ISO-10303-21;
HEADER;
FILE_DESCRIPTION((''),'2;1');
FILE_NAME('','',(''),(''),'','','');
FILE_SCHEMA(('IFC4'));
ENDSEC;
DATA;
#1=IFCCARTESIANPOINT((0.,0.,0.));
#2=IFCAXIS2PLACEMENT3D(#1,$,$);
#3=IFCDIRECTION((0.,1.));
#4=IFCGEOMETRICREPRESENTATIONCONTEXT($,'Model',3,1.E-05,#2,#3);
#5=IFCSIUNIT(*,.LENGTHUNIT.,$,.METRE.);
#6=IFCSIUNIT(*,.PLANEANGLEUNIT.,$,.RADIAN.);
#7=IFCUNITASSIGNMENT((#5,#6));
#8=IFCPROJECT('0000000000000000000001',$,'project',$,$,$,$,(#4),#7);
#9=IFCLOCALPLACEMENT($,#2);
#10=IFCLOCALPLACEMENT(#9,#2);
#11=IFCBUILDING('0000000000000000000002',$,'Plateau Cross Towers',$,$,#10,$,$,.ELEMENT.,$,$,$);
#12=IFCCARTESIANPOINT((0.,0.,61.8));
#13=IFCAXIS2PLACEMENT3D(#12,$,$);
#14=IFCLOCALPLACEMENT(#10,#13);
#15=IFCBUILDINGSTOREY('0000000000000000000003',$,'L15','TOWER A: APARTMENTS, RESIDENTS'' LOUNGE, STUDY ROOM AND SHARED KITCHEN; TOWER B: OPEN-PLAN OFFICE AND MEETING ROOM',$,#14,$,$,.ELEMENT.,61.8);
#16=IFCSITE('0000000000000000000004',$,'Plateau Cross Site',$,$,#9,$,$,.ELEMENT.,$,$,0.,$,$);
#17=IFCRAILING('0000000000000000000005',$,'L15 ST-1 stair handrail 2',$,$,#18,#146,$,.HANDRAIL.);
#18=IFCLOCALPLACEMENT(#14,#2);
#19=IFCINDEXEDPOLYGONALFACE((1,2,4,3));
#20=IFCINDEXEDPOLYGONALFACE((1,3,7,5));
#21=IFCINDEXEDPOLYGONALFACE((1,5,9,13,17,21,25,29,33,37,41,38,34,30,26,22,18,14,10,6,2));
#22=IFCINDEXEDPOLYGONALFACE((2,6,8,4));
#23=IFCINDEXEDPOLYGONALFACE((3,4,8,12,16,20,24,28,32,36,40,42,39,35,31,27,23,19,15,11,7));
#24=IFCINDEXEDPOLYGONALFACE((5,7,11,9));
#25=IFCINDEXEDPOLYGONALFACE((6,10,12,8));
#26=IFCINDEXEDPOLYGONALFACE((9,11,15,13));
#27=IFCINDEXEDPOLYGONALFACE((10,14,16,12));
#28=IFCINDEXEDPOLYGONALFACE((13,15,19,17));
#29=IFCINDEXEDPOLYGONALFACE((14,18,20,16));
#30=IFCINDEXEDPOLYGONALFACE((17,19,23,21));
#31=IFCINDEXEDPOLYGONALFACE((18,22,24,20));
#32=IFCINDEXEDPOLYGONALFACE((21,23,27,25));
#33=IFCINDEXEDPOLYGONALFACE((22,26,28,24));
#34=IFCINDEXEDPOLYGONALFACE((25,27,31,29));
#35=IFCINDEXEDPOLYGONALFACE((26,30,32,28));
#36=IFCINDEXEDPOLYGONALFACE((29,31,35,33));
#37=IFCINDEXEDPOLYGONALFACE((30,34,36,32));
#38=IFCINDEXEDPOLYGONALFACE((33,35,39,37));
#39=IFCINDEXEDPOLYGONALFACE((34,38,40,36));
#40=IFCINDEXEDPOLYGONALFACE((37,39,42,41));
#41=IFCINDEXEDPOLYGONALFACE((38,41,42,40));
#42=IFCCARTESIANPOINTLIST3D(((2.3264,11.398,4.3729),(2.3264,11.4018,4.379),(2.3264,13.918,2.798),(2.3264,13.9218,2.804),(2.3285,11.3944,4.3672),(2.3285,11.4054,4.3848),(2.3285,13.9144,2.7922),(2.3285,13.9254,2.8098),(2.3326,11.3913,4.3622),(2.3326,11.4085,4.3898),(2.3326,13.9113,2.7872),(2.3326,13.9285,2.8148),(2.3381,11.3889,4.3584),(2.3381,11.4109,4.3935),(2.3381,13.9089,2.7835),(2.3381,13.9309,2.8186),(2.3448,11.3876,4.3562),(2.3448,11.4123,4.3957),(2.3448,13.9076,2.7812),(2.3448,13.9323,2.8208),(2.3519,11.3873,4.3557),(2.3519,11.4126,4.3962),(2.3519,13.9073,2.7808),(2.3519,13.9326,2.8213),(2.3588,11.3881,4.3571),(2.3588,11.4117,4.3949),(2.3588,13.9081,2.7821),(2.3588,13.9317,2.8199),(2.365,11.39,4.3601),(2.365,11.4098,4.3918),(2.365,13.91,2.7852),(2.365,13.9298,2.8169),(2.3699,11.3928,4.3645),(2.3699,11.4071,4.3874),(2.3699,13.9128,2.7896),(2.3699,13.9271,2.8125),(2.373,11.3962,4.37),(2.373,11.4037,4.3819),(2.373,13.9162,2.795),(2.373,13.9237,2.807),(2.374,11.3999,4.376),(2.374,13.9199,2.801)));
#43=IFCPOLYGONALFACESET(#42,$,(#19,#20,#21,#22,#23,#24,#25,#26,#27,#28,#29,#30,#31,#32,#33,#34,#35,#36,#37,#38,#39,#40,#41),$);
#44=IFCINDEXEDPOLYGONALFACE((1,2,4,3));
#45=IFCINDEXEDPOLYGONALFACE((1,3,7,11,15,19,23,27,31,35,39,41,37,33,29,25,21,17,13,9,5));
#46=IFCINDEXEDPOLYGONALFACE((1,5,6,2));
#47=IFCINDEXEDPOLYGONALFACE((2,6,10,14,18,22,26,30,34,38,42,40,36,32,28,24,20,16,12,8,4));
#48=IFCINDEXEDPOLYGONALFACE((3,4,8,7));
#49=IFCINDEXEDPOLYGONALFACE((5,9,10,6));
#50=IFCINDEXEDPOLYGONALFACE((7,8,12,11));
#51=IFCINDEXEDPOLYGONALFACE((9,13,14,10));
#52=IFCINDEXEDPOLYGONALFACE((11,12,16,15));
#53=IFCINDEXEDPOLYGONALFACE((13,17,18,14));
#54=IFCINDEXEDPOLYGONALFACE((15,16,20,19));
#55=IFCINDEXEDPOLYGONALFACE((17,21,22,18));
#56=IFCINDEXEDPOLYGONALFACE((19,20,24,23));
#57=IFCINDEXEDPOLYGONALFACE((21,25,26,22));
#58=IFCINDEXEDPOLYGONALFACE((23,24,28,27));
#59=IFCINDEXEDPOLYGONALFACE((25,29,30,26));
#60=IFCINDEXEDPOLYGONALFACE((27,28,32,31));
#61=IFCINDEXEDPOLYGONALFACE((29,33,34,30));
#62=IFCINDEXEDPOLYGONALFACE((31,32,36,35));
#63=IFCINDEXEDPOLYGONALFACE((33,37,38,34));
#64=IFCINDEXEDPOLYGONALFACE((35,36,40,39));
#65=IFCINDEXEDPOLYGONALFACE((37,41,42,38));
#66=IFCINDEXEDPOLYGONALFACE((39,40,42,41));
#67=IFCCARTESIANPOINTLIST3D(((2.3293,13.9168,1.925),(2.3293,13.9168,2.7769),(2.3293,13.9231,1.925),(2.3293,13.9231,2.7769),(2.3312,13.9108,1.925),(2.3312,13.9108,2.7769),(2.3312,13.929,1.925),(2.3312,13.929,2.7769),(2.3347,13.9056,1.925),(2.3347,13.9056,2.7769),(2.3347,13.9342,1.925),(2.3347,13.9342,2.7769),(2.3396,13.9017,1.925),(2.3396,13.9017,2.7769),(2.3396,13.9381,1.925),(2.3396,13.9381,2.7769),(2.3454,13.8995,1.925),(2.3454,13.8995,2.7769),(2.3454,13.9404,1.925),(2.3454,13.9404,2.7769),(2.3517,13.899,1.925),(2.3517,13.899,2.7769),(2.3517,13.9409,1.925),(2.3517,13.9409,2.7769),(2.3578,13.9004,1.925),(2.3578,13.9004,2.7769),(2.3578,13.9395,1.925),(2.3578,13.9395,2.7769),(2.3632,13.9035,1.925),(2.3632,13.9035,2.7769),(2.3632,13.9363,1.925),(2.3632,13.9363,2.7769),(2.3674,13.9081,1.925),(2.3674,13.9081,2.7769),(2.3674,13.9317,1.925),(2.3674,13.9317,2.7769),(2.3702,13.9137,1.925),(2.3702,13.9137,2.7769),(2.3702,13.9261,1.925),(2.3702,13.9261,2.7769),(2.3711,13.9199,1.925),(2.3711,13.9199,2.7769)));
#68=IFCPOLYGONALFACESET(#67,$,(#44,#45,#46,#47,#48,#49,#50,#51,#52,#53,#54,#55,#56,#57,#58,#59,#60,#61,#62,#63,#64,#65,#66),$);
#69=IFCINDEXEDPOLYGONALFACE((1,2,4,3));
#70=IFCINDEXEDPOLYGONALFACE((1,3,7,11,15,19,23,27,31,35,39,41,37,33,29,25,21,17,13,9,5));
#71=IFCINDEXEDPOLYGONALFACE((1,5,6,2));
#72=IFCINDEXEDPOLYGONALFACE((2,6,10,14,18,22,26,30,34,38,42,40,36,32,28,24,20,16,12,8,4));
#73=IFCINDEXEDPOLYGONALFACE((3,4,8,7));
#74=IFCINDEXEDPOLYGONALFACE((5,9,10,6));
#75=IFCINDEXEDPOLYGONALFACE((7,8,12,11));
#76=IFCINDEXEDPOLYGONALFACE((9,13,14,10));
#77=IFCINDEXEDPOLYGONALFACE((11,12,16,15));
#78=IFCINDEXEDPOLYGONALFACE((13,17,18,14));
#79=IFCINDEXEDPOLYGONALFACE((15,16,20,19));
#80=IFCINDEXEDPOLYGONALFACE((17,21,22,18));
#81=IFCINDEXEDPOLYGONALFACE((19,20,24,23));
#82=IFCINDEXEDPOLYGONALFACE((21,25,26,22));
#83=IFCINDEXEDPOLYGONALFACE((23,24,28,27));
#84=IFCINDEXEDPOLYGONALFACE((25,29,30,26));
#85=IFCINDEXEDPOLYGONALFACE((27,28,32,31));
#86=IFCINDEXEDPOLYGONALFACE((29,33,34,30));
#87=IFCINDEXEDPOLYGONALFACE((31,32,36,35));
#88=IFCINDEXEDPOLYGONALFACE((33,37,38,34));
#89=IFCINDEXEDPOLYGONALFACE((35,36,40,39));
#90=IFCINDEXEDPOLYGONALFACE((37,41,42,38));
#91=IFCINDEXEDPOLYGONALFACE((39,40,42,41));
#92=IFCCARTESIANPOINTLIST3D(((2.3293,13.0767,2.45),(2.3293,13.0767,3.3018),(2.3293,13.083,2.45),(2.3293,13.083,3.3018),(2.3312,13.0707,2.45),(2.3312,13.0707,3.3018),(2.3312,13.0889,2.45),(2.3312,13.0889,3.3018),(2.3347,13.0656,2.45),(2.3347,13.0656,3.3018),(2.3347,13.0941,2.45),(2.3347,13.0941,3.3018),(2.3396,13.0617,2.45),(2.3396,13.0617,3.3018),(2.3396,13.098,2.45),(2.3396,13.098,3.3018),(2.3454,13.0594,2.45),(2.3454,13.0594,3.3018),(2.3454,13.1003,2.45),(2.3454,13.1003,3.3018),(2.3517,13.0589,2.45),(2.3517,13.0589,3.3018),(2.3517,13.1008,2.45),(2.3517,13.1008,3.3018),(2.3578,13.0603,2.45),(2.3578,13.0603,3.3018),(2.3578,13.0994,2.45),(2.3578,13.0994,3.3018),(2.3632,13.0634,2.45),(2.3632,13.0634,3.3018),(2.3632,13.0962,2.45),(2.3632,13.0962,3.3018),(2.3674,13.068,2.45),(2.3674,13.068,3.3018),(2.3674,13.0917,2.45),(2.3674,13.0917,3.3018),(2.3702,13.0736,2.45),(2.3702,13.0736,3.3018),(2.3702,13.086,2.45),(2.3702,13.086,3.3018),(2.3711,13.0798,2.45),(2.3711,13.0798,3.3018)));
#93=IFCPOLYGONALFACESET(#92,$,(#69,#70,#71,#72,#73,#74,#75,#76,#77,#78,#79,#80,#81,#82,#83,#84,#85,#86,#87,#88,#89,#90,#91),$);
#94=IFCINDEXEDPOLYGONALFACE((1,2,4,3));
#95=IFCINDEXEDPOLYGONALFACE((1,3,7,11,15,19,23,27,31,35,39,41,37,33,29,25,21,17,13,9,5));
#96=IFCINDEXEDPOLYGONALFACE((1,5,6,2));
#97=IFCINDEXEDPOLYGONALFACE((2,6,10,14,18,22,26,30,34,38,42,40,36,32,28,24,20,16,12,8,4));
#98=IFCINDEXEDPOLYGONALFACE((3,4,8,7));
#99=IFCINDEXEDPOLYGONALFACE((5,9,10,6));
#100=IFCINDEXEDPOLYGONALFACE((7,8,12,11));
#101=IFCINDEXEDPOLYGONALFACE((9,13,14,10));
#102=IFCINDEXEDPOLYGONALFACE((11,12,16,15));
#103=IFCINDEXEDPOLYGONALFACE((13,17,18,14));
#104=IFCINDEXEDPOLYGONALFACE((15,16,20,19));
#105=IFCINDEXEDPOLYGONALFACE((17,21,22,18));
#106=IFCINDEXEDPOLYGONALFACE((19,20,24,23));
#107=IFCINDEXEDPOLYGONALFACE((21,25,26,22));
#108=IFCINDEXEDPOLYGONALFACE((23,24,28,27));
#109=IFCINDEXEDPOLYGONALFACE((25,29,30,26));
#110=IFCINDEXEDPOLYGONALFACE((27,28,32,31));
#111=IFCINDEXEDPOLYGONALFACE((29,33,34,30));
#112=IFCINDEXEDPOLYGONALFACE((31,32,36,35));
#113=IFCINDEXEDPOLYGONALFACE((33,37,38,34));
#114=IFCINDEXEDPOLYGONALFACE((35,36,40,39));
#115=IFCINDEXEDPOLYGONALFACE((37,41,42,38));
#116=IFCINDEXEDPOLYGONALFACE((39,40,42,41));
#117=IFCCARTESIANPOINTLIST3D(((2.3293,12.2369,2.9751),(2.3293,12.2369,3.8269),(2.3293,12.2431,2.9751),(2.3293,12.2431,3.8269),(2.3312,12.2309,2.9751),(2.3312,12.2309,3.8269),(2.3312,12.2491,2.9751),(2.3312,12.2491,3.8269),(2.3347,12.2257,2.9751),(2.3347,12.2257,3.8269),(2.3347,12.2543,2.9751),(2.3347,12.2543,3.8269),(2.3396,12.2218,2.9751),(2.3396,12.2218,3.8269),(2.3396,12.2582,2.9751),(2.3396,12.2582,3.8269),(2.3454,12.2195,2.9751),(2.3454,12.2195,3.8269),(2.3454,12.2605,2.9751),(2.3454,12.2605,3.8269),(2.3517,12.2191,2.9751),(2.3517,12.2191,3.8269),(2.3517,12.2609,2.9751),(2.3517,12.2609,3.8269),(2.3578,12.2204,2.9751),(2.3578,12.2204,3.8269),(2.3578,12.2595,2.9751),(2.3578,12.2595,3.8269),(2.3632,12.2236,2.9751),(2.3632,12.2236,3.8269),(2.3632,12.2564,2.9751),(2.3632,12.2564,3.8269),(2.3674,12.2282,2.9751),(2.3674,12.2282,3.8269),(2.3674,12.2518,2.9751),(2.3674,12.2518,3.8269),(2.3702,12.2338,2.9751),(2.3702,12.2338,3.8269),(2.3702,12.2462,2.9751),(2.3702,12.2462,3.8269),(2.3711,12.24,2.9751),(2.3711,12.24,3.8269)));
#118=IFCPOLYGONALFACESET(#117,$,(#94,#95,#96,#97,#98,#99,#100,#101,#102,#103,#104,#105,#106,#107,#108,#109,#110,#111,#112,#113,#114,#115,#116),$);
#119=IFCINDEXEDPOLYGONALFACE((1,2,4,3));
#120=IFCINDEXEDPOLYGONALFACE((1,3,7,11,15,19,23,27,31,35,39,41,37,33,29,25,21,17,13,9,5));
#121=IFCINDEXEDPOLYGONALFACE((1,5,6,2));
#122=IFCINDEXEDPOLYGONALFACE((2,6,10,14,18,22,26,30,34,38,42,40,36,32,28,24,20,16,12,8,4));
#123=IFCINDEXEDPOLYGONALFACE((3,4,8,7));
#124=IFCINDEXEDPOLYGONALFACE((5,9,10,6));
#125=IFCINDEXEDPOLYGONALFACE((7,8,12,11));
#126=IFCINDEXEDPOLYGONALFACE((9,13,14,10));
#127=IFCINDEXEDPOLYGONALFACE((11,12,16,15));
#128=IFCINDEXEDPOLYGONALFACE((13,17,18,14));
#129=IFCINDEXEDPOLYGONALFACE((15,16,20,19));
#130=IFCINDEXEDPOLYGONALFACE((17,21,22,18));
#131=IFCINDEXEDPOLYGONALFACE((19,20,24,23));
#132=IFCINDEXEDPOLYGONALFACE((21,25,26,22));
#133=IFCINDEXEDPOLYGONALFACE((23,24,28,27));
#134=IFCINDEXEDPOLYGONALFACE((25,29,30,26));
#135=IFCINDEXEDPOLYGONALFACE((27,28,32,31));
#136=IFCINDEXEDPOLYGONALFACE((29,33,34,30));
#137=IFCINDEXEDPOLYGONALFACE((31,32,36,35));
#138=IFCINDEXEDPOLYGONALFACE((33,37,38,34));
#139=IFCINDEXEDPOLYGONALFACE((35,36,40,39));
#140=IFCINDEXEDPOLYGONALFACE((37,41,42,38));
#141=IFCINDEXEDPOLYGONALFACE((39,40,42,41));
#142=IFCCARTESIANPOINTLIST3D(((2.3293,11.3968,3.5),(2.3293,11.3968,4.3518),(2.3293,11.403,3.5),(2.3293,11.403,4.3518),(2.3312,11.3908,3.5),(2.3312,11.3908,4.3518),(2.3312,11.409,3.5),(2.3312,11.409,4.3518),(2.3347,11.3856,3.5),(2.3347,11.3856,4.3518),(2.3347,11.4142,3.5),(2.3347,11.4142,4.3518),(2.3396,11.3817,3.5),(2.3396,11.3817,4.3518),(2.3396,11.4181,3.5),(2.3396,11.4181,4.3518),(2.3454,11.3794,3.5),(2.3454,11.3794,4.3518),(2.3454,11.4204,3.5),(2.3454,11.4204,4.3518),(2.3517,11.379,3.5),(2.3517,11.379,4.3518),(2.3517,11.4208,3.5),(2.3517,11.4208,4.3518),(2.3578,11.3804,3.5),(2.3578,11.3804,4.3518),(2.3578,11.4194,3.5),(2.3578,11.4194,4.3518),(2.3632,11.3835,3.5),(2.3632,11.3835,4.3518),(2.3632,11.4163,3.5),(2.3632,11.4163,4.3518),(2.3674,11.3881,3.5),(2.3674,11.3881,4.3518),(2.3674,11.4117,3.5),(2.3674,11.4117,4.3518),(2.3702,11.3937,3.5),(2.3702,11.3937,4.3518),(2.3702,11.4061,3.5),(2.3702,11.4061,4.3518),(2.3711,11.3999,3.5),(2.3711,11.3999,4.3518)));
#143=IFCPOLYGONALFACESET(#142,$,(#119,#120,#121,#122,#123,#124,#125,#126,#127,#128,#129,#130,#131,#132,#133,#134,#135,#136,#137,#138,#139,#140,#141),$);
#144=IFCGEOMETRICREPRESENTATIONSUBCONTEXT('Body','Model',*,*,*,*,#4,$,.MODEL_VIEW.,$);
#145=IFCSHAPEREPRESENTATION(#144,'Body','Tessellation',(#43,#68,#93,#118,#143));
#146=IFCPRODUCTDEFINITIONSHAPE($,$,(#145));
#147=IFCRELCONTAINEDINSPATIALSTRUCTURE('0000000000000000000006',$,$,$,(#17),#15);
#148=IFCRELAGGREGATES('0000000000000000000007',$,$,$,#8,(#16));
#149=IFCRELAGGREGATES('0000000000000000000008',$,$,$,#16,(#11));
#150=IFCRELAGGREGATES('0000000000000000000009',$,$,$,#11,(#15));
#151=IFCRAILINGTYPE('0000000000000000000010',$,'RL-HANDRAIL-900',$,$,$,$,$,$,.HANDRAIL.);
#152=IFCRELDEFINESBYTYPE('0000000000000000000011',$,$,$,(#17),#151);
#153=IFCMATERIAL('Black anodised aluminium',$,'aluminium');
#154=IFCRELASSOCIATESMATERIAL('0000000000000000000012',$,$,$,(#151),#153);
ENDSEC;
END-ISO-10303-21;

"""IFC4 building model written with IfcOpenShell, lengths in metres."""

from ifc_helpers import new_model, si_unit, direction, frame, origin, origin_2d, place, context, subcontext, project, spatial, circle, extrude, material, type_object, element, save


model = new_model("IFC4")

# Units and contexts
model_context = context("Model", 3, precision=1e-05, world=origin(), true_north=direction((0.0, 1.0)))
body_context = subcontext(model_context, "Body", "Model", "MODEL_VIEW")
ifc_project = project(units=[si_unit("LENGTHUNIT", "METRE"), si_unit("PLANEANGLEUNIT", "RADIAN")], contexts=[model_context])

# Site, building, storey
site_placement = place(None, origin())
site = spatial("IfcSite", under=ifc_project, at=site_placement, Name="Plateau Cross Site", CompositionType="ELEMENT", RefElevation=0.0)
building_placement = place(site_placement, origin())
building = spatial("IfcBuilding", under=site, at=building_placement, Name="Plateau Cross Towers", CompositionType="ELEMENT")
storey_placement = place(building_placement, frame((0.0, 0.0, 61.8)))
storey = spatial("IfcBuildingStorey", under=building, at=storey_placement, Name="L15", Description="TOWER A: APARTMENTS, RESIDENTS' LOUNGE, STUDY ROOM AND SHARED KITCHEN; TOWER B: OPEN-PLAN OFFICE AND MEETING ROOM", CompositionType="ELEMENT", Elevation=61.8)

# Shared definitions
ifc_material_1 = material(Name="Black anodised aluminium", Category="aluminium")

# Railing
railing_type_1 = type_object("IfcRailingType", Name="RL-HANDRAIL-900", PredefinedType="HANDRAIL", material=ifc_material_1)
railing_1_placement = place(storey_placement, frame((2.3501, 13.9199, 1.925)))
element("IfcRailing", 1, at=railing_1_placement, inside=storey, type_object=railing_type_1, Name="L15 ST-1 stair handrail 2", PredefinedType="HANDRAIL", context=body_context, shape_type="SweptSolid", body=[
    extrude(circle(Radius=0.0239, at=origin_2d()), frame((0.0, 0.0, 0.876), z_axis=(0.0, -0.848008, 0.529984), x_axis=(1.0, 0.0, 0.0)), (0.0, 0.0, 1.0), 2.9717),
    extrude(circle(Radius=0.021, at=origin_2d()), origin(), (0.0, 0.0, 1.0), 0.8518),
    extrude(circle(Radius=0.021, at=origin_2d()), frame((0.0, -0.8401, 0.5249)), (0.0, 0.0, 1.0), 0.8518),
    extrude(circle(Radius=0.021, at=origin_2d()), frame((0.0, -1.6799, 1.05)), (0.0, 0.0, 1.0), 0.8518),
    extrude(circle(Radius=0.021, at=origin_2d()), frame((0.0, -2.52, 1.575)), (0.0, 0.0, 1.0), 0.8518),
])

save(model, "model.ifc")
